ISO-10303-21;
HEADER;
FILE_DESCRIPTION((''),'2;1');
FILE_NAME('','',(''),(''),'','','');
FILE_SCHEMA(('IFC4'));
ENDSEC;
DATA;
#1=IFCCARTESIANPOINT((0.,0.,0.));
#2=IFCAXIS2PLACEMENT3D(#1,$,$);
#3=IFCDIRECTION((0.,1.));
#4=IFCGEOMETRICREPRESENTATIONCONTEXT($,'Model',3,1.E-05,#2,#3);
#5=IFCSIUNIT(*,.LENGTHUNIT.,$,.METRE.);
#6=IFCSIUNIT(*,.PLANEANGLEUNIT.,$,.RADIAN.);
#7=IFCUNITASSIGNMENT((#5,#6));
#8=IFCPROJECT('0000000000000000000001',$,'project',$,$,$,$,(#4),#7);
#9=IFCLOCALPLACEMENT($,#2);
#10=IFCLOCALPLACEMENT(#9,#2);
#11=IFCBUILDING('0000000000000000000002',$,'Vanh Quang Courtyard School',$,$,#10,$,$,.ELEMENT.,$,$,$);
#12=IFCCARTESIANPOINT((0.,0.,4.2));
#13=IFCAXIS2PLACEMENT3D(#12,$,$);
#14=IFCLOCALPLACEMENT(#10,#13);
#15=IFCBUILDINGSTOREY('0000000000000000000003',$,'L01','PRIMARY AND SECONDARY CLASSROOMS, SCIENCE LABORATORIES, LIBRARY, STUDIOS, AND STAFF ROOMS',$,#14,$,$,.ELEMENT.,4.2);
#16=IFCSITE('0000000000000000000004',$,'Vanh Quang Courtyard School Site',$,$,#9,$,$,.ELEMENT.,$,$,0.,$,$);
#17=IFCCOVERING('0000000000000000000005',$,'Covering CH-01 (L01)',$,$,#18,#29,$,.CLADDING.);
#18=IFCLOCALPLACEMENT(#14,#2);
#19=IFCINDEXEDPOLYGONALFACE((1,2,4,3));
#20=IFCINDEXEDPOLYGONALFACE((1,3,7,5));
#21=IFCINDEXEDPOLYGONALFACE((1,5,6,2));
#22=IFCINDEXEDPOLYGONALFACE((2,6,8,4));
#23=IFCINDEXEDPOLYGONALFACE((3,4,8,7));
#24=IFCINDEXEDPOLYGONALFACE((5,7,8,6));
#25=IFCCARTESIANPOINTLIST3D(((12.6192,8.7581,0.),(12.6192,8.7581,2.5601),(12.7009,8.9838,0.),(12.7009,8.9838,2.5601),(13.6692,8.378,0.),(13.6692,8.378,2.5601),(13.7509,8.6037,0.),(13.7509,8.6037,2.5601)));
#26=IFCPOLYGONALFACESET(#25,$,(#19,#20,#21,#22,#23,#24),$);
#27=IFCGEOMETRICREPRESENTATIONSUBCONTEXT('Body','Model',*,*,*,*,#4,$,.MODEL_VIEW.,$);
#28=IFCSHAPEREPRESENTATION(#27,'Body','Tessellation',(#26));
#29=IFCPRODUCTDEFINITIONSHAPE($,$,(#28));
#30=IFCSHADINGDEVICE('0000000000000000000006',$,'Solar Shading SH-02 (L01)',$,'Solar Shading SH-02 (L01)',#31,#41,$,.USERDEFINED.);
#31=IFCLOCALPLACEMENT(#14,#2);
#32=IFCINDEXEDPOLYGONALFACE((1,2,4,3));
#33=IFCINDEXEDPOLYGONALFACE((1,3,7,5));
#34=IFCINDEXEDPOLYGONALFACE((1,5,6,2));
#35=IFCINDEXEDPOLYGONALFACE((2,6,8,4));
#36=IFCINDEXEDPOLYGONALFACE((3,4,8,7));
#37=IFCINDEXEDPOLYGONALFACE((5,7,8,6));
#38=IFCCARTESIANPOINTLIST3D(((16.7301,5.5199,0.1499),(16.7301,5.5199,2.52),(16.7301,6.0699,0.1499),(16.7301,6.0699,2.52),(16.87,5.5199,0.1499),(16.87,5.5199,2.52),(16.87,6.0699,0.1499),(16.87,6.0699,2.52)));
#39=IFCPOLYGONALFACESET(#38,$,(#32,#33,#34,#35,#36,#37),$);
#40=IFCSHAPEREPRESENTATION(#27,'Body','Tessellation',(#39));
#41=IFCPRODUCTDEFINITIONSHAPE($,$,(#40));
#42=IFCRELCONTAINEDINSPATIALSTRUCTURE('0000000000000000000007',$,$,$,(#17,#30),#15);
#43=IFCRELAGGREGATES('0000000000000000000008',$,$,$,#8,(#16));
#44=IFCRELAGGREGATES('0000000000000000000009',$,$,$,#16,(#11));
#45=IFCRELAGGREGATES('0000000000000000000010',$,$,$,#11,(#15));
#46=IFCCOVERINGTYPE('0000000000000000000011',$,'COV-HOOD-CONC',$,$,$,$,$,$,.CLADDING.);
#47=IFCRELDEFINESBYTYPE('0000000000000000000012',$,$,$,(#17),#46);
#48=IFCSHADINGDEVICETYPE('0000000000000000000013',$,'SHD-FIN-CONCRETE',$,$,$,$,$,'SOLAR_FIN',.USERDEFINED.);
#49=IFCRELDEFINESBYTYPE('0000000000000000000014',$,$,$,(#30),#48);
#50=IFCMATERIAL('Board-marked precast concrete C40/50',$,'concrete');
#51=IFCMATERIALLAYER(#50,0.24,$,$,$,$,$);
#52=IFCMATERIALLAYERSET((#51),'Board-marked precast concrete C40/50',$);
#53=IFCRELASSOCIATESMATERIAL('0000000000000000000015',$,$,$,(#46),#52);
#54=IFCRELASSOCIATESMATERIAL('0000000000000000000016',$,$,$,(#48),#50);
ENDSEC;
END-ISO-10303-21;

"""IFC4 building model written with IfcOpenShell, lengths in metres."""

from ifc_helpers import new_model, si_unit, direction, frame, origin, origin_2d, place, context, subcontext, project, spatial, rectangle, extrude, material, layer, layer_set, type_object, element, save


model = new_model("IFC4")

# Units and contexts
model_context = context("Model", 3, precision=1e-05, world=origin(), true_north=direction((0.0, 1.0)))
body_context = subcontext(model_context, "Body", "Model", "MODEL_VIEW")
ifc_project = project(units=[si_unit("LENGTHUNIT", "METRE"), si_unit("PLANEANGLEUNIT", "RADIAN")], contexts=[model_context])

# Site, building, storey
site_placement = place(None, origin())
site = spatial("IfcSite", under=ifc_project, at=site_placement, Name="Vanh Quang Courtyard School Site", CompositionType="ELEMENT", RefElevation=0.0)
building_placement = place(site_placement, origin())
building = spatial("IfcBuilding", under=site, at=building_placement, Name="Vanh Quang Courtyard School", CompositionType="ELEMENT")
storey_placement = place(building_placement, frame((0.0, 0.0, 4.2)))
storey = spatial("IfcBuildingStorey", under=building, at=storey_placement, Name="L01", Description="PRIMARY AND SECONDARY CLASSROOMS, SCIENCE LABORATORIES, LIBRARY, STUDIOS, AND STAFF ROOMS", CompositionType="ELEMENT", Elevation=4.2)

# Covering
ifc_material_1 = material(Name="Board-marked precast concrete C40/50", Category="concrete")
ifc_layer_1 = layer(ifc_material_1, 0.24)
ifc_layer_set_1 = layer_set([ifc_layer_1], Name="Board-marked precast concrete C40/50")
covering_type = type_object("IfcCoveringType", Name="COV-HOOD-CONC", PredefinedType="CLADDING", material=ifc_layer_set_1)
covering_placement = place(storey_placement, frame((13.1851, 8.6809, 0.0), z_axis=(0.0, 0.0, 1.0), x_axis=(0.940288, -0.34038, 0.0)))
element("IfcCovering", 1, at=covering_placement, inside=storey, type_object=covering_type, Name="Covering CH-01 (L01)", PredefinedType="CLADDING", context=body_context, shape_type="SweptSolid", body=[
    extrude(rectangle(XDim=1.1167, YDim=0.24, at=origin_2d()), origin(), (0.0, 0.0, 1.0), 2.5601),
])

# Shading device
shading_device_type = type_object("IfcShadingDeviceType", Name="SHD-FIN-CONCRETE", ElementType="SOLAR_FIN", PredefinedType="USERDEFINED", material=ifc_material_1)
shading_device_placement = place(storey_placement, frame((16.8, 5.7949, 0.1499), z_axis=(0.0, 0.0, 1.0), x_axis=(1.0, 0.0, 0.0)))
element("IfcShadingDevice", 2, at=shading_device_placement, inside=storey, type_object=shading_device_type, Name="Solar Shading SH-02 (L01)", ObjectType="Solar Shading SH-02 (L01)", PredefinedType="USERDEFINED", context=body_context, shape_type="SweptSolid", body=[
    extrude(rectangle(XDim=0.1399, YDim=0.55, at=origin_2d()), origin(), (0.0, 0.0, 1.0), 2.3701),
])

save(model, "model.ifc")
